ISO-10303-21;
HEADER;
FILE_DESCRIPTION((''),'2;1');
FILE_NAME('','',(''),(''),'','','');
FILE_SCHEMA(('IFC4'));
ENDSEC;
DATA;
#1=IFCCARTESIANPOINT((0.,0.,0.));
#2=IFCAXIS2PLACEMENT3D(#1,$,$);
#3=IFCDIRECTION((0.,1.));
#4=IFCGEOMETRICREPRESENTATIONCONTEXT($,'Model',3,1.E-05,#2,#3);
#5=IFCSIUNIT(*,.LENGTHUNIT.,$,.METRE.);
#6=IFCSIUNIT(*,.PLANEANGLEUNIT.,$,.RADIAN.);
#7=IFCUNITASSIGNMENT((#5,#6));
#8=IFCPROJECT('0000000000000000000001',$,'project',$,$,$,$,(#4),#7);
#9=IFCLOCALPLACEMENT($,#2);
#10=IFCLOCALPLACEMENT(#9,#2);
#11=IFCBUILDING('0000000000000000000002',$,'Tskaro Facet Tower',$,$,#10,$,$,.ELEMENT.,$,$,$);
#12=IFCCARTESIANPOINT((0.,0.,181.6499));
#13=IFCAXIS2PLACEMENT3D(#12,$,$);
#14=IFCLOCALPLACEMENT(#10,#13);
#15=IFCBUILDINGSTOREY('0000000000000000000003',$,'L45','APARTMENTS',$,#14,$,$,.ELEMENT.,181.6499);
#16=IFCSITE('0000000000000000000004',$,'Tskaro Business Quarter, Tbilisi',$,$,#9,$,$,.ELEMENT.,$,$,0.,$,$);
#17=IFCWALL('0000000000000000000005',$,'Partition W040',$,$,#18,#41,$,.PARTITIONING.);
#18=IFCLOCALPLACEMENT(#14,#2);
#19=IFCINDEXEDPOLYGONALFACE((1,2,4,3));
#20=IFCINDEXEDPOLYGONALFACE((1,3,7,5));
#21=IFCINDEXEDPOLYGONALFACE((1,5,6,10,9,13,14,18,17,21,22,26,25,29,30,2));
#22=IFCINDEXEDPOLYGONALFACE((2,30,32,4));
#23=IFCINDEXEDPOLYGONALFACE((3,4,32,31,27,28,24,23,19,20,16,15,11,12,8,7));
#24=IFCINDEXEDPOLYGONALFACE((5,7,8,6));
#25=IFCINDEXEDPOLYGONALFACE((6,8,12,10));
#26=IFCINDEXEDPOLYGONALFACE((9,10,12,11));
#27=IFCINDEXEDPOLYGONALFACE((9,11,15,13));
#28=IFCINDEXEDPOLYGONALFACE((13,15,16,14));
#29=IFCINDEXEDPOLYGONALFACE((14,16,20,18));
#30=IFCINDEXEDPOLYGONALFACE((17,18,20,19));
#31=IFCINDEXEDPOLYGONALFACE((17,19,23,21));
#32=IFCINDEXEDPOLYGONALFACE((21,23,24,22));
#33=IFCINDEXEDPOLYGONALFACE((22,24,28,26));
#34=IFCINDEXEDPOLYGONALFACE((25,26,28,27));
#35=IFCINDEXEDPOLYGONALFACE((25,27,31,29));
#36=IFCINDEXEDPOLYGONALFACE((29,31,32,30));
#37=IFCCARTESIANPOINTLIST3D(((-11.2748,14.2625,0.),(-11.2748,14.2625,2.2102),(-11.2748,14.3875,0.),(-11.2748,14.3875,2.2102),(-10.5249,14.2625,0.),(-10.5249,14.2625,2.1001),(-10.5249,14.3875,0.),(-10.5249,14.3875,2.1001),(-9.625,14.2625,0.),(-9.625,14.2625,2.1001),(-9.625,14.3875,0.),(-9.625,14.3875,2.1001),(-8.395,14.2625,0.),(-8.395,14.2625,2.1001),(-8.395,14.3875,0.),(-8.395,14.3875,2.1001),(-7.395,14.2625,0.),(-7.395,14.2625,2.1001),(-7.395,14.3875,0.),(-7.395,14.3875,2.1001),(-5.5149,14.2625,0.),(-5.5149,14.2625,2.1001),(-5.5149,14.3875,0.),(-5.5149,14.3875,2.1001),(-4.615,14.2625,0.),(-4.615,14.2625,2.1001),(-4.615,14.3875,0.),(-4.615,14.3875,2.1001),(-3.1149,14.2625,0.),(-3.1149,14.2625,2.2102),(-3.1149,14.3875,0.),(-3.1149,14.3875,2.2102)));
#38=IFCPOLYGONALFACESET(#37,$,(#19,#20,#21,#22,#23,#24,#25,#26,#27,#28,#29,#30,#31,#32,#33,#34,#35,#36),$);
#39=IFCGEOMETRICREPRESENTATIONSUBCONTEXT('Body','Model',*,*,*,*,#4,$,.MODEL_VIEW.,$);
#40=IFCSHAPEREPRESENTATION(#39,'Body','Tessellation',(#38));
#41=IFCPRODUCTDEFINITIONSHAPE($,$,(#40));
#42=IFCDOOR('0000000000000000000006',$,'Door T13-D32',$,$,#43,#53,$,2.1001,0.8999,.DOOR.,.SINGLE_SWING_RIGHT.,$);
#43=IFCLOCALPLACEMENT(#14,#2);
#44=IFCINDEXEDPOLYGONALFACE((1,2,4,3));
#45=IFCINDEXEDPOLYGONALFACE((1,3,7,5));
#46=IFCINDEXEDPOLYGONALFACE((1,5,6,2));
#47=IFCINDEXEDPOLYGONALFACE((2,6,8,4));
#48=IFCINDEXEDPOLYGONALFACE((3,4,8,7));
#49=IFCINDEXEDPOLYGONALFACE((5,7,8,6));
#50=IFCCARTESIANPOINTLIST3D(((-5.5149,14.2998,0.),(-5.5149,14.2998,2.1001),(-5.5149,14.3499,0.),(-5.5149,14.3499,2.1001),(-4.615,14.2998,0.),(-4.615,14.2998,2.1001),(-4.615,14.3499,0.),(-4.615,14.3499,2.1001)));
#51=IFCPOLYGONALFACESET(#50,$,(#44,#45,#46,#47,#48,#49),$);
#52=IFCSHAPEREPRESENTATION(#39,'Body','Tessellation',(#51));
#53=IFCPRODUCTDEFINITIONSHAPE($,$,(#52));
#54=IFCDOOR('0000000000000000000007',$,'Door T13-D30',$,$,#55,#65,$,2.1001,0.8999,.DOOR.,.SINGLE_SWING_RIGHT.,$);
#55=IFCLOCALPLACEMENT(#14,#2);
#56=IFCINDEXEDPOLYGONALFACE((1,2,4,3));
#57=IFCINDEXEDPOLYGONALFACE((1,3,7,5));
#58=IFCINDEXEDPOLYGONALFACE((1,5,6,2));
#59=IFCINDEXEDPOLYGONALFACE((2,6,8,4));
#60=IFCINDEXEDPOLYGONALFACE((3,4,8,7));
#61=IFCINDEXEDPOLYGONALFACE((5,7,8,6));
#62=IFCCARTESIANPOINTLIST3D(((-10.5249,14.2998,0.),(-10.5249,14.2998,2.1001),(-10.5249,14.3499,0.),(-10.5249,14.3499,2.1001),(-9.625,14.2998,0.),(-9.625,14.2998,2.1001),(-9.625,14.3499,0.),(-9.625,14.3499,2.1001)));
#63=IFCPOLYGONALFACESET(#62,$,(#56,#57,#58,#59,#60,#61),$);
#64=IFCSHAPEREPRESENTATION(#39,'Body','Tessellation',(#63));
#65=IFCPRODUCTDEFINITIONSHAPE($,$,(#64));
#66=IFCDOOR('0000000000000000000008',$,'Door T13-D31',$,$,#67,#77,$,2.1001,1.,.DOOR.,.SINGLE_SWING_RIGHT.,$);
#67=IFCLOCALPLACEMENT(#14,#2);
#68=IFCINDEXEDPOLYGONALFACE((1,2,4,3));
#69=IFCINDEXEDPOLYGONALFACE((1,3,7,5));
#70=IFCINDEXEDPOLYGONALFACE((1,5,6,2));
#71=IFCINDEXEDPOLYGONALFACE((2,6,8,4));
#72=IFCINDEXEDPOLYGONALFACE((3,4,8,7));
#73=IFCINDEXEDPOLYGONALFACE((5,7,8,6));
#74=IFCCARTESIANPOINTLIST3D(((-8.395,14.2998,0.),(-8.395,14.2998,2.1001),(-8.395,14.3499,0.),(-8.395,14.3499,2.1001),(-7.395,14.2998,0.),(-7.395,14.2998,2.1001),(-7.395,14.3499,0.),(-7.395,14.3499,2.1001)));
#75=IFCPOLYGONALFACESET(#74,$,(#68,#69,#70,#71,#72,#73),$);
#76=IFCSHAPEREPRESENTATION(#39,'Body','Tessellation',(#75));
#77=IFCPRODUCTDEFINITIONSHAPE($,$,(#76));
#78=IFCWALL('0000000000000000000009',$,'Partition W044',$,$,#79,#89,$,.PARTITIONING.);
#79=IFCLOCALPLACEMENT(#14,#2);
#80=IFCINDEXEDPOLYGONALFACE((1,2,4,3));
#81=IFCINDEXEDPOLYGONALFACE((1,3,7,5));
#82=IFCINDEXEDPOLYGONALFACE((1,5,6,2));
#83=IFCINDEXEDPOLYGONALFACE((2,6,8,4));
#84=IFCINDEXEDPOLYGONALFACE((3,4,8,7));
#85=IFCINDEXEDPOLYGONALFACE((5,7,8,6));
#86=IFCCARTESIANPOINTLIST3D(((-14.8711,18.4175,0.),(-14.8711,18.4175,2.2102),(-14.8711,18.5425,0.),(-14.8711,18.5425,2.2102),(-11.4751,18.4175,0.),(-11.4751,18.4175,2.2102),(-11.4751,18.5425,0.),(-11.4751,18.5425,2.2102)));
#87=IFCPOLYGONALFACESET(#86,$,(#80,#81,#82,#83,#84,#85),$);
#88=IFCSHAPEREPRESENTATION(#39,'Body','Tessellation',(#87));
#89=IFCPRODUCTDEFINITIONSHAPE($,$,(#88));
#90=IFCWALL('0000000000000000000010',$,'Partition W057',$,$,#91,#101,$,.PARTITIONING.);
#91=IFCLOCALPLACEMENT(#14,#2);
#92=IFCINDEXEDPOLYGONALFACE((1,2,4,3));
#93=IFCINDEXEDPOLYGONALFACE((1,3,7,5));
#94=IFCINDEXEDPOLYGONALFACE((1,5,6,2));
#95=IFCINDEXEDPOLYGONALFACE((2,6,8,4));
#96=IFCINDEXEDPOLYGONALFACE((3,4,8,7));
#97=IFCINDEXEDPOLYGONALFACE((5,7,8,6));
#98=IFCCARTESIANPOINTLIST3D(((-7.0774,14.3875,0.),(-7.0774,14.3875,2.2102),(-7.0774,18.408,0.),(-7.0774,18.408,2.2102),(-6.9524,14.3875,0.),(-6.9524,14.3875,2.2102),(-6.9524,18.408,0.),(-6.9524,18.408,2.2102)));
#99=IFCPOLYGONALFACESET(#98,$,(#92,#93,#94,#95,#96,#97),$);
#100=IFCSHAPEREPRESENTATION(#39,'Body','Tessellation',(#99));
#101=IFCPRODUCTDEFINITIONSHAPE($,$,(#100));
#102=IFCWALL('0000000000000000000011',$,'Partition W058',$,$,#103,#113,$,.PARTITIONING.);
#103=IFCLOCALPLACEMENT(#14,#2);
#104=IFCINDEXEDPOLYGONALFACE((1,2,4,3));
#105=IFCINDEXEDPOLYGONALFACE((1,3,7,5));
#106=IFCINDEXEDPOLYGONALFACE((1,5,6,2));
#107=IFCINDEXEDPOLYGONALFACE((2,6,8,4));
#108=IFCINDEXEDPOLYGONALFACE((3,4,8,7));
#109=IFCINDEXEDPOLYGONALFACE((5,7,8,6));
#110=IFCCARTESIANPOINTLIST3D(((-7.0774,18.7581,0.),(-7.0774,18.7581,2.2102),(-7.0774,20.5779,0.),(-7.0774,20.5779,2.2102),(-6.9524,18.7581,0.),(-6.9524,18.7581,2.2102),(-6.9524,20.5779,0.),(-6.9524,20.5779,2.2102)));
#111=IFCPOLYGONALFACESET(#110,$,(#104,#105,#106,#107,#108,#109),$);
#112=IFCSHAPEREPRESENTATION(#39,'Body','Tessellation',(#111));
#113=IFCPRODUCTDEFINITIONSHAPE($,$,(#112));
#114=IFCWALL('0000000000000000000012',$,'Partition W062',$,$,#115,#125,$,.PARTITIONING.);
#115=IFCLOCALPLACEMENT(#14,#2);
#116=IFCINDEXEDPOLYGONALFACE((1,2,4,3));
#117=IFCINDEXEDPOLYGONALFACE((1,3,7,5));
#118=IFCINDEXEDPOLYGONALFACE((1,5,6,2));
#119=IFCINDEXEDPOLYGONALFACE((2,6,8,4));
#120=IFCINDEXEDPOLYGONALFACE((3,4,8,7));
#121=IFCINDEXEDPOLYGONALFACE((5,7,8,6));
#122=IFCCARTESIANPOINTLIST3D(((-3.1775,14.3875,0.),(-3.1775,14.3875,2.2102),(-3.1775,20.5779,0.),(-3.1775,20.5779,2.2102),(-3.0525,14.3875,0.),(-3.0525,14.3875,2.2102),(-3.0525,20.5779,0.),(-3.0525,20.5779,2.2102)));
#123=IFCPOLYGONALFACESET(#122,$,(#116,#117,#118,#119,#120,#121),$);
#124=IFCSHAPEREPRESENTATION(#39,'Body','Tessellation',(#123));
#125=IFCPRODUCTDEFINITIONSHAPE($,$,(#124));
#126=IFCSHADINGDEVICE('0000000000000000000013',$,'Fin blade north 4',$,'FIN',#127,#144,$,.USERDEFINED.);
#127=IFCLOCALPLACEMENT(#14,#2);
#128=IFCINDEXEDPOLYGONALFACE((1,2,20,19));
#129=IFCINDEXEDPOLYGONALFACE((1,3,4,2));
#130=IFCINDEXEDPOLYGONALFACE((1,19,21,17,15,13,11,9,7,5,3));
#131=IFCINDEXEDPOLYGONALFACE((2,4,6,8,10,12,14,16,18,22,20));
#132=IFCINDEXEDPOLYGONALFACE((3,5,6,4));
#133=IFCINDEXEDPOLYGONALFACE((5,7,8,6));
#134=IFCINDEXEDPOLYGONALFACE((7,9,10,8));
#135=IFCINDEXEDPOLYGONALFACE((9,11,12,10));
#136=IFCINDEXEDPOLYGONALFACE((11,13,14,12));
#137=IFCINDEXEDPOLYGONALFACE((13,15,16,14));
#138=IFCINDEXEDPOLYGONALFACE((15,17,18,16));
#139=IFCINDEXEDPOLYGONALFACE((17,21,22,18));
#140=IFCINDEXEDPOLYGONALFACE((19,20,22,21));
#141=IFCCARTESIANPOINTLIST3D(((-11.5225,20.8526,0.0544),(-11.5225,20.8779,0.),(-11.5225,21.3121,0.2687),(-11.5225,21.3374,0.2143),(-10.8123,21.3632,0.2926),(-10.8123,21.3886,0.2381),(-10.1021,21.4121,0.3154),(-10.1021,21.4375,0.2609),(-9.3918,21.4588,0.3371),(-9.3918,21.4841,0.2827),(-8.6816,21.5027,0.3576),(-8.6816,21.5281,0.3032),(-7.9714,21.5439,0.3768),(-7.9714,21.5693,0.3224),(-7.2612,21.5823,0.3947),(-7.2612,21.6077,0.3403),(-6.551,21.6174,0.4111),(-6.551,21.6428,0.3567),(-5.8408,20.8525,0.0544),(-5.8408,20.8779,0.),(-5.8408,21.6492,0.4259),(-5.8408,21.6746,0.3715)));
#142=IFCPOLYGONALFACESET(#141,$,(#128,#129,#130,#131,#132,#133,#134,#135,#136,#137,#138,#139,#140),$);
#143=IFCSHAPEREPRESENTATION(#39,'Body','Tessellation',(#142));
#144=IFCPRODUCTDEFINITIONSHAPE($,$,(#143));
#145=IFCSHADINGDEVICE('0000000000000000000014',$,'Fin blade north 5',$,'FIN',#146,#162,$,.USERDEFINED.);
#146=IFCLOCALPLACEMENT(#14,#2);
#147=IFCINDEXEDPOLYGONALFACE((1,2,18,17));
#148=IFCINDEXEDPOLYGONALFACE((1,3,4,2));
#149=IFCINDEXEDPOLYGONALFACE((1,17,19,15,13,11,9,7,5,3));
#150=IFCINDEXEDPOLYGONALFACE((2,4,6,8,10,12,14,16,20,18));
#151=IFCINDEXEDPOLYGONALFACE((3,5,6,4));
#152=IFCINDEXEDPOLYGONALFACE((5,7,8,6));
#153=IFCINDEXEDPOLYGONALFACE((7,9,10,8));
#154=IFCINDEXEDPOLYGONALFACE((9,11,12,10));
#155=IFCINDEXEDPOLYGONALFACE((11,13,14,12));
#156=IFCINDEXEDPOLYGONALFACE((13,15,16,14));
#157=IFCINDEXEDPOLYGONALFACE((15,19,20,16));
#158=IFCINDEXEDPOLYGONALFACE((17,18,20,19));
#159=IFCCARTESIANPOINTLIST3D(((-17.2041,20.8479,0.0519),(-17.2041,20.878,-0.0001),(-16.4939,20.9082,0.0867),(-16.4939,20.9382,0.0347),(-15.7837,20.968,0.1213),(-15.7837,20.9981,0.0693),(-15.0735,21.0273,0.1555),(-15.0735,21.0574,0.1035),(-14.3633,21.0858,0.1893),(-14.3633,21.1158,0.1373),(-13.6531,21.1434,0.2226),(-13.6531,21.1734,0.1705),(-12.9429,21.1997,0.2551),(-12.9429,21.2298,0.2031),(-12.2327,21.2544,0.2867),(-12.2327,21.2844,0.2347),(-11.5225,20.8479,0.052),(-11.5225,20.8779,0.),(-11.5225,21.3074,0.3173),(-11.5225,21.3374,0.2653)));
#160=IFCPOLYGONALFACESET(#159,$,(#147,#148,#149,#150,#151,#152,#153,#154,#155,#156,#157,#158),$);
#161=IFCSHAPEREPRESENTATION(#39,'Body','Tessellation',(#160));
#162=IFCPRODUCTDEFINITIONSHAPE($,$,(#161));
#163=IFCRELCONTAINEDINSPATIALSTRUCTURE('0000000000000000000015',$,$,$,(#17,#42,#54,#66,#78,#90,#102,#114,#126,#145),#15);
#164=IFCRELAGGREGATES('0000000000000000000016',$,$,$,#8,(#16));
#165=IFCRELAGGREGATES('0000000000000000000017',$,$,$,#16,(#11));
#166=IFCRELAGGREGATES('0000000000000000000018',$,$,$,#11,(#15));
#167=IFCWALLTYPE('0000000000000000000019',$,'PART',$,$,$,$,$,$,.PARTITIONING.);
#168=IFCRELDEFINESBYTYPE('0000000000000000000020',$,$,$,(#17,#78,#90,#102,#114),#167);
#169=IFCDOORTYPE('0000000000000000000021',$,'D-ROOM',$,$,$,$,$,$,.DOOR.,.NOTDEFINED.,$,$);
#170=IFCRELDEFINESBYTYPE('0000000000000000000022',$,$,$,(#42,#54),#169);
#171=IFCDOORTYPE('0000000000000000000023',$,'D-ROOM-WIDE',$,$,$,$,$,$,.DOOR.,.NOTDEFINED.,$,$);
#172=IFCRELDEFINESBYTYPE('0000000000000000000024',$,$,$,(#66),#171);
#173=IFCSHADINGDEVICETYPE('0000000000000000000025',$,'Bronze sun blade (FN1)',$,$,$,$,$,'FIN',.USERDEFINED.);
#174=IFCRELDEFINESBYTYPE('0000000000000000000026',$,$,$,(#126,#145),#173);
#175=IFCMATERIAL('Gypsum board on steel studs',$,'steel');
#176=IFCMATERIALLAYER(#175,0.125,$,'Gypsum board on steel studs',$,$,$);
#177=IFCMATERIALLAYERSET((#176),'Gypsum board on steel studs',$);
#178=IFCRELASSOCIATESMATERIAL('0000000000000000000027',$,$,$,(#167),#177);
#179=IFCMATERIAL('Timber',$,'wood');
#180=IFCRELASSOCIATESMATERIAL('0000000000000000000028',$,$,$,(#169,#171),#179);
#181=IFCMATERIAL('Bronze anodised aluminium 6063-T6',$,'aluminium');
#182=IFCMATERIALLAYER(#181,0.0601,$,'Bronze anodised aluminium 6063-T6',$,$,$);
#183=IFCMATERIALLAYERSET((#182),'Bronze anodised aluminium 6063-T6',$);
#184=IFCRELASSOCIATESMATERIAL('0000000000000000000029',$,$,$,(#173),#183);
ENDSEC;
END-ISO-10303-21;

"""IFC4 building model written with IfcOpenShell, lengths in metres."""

from ifc_helpers import new_model, si_unit, direction, frame, frame_2d, origin, place, context, subcontext, project, spatial, polyline, rectangle, outline, extrude, material, layer, layer_set, type_object, element, fill, save


model = new_model("IFC4")

# Units and contexts
model_context = context("Model", 3, precision=1e-05, world=origin(), true_north=direction((0.0, 1.0)))
body_context = subcontext(model_context, "Body", "Model", "MODEL_VIEW")
ifc_project = project(units=[si_unit("LENGTHUNIT", "METRE"), si_unit("PLANEANGLEUNIT", "RADIAN")], contexts=[model_context])

# Site, building, storey
site_placement = place(None, origin())
site = spatial("IfcSite", under=ifc_project, at=site_placement, Name="Tskaro Business Quarter, Tbilisi", CompositionType="ELEMENT", RefElevation=0.0)
building_placement = place(site_placement, origin())
building = spatial("IfcBuilding", under=site, at=building_placement, Name="Tskaro Facet Tower", CompositionType="ELEMENT")
storey_placement = place(building_placement, frame((0.0, 0.0, 181.6499)))
storey = spatial("IfcBuildingStorey", under=building, at=storey_placement, Name="L45", Description="APARTMENTS", CompositionType="ELEMENT", Elevation=181.6499)

# Shared definitions
ifc_material_1 = material(Name="Bronze anodised aluminium 6063-T6", Category="aluminium")

# Wall, openings, doors
ifc_material_2 = material(Name="Gypsum board on steel studs", Category="steel")
ifc_layer_1 = layer(ifc_material_2, 0.125, Name="Gypsum board on steel studs")
ifc_layer_set_1 = layer_set([ifc_layer_1], Name="Gypsum board on steel studs")
wall_type = type_object("IfcWallType", Name="PART", PredefinedType="PARTITIONING", material=ifc_layer_set_1)
wall_1_placement = place(storey_placement, frame((-11.2749, 14.325, 0.0), z_axis=(0.0, 0.0, 1.0), x_axis=(1.0, 0.0, 0.0)))
wall_1 = element("IfcWall", 1, at=wall_1_placement, inside=storey, type_object=wall_type, Name="Partition W040", PredefinedType="PARTITIONING", context=body_context, shape_type="SweptSolid", body=[
    extrude(rectangle(XDim=8.1599, YDim=0.125, at=frame_2d((4.0801, 0.0))), origin(), (0.0, 0.0, 1.0), 2.2102),
])
opening_1_placement = place(wall_1_placement, frame((5.76, 0.0, 0.0)))
opening_1 = element("IfcOpeningElement", 2, at=opening_1_placement, cuts=wall_1, PredefinedType="OPENING", context=body_context, shape_type="SweptSolid", body=[
    extrude(rectangle(XDim=0.8999, YDim=2.1001, at=frame_2d((0.45, 1.05))), frame((0.0, 0.0725, 0.0), z_axis=(0.0, -1.0, 0.0), x_axis=(1.0, 0.0, 0.0)), (0.0, 0.0, 1.0), 0.145),
])
opening_2_placement = place(wall_1_placement, frame((2.8799, 0.0, 0.0)))
opening_2 = element("IfcOpeningElement", 3, at=opening_2_placement, cuts=wall_1, PredefinedType="OPENING", context=body_context, shape_type="SweptSolid", body=[
    extrude(rectangle(XDim=1.0, YDim=2.1001, at=frame_2d((0.5, 1.05))), frame((0.0, 0.0725, 0.0), z_axis=(0.0, -1.0, 0.0), x_axis=(1.0, 0.0, 0.0)), (0.0, 0.0, 1.0), 0.145),
])
opening_3_placement = place(wall_1_placement, frame((0.75, 0.0, 0.0)))
opening_3 = element("IfcOpeningElement", 4, at=opening_3_placement, cuts=wall_1, PredefinedType="OPENING", context=body_context, shape_type="SweptSolid", body=[
    extrude(rectangle(XDim=0.8999, YDim=2.1001, at=frame_2d((0.45, 1.05))), frame((0.0, 0.0725, 0.0), z_axis=(0.0, -1.0, 0.0), x_axis=(1.0, 0.0, 0.0)), (0.0, 0.0, 1.0), 0.145),
])
ifc_material_3 = material(Name="Timber", Category="wood")
door_type_1 = type_object("IfcDoorType", Name="D-ROOM", OperationType="NOTDEFINED", PredefinedType="DOOR", material=ifc_material_3)
door_1_placement = place(opening_1_placement, origin())
door_1 = element("IfcDoor", 5, at=door_1_placement, inside=storey, type_object=door_type_1, Name="Door T13-D32", OperationType="SINGLE_SWING_RIGHT", OverallHeight=2.1001, OverallWidth=0.8999, PredefinedType="DOOR", context=body_context, shape_type="SweptSolid", body=[
    extrude(rectangle(XDim=0.8999, YDim=2.1001, at=frame_2d((0.45, 1.05))), frame((0.0, 0.0249, 0.0), z_axis=(0.0, -1.0, 0.0), x_axis=(1.0, 0.0, 0.0)), (0.0, 0.0, 1.0), 0.05),
])
fill(opening_1, door_1)
door_2_placement = place(opening_3_placement, origin())
door_2 = element("IfcDoor", 6, at=door_2_placement, inside=storey, type_object=door_type_1, Name="Door T13-D30", OperationType="SINGLE_SWING_RIGHT", OverallHeight=2.1001, OverallWidth=0.8999, PredefinedType="DOOR", context=body_context, shape_type="SweptSolid", body=[
    extrude(rectangle(XDim=0.8999, YDim=2.1001, at=frame_2d((0.45, 1.05))), frame((0.0, 0.0249, 0.0), z_axis=(0.0, -1.0, 0.0), x_axis=(1.0, 0.0, 0.0)), (0.0, 0.0, 1.0), 0.05),
])
fill(opening_3, door_2)
door_type_2 = type_object("IfcDoorType", Name="D-ROOM-WIDE", OperationType="NOTDEFINED", PredefinedType="DOOR", material=ifc_material_3)
door_3_placement = place(opening_2_placement, origin())
door_3 = element("IfcDoor", 7, at=door_3_placement, inside=storey, type_object=door_type_2, Name="Door T13-D31", OperationType="SINGLE_SWING_RIGHT", OverallHeight=2.1001, OverallWidth=1.0, PredefinedType="DOOR", context=body_context, shape_type="SweptSolid", body=[
    extrude(rectangle(XDim=1.0, YDim=2.1001, at=frame_2d((0.5, 1.05))), frame((0.0, 0.0249, 0.0), z_axis=(0.0, -1.0, 0.0), x_axis=(1.0, 0.0, 0.0)), (0.0, 0.0, 1.0), 0.05),
])
fill(opening_2, door_3)

# Walls
wall_2_placement = place(storey_placement, frame((-14.8711, 18.48, 0.0), z_axis=(0.0, 0.0, 1.0), x_axis=(1.0, 0.0, 0.0)))
element("IfcWall", 8, at=wall_2_placement, inside=storey, type_object=wall_type, Name="Partition W044", PredefinedType="PARTITIONING", context=body_context, shape_type="SweptSolid", body=[
    extrude(rectangle(XDim=3.396, YDim=0.125, at=frame_2d((1.698, 0.0))), origin(), (0.0, 0.0, 1.0), 2.2102),
])
wall_3_placement = place(storey_placement, frame((-7.0149, 14.3875, 0.0), z_axis=(0.0, 0.0, 1.0), x_axis=(0.0, 1.0, 0.0)))
element("IfcWall", 9, at=wall_3_placement, inside=storey, type_object=wall_type, Name="Partition W057", PredefinedType="PARTITIONING", context=body_context, shape_type="SweptSolid", body=[
    extrude(rectangle(XDim=4.0205, YDim=0.125, at=frame_2d((2.0103, 0.0))), origin(), (0.0, 0.0, 1.0), 2.2102),
])
wall_4_placement = place(storey_placement, frame((-7.0149, 18.7581, 0.0), z_axis=(0.0, 0.0, 1.0), x_axis=(0.0, 1.0, 0.0)))
element("IfcWall", 10, at=wall_4_placement, inside=storey, type_object=wall_type, Name="Partition W058", PredefinedType="PARTITIONING", context=body_context, shape_type="SweptSolid", body=[
    extrude(rectangle(XDim=1.8198, YDim=0.125, at=frame_2d((0.9099, 0.0))), origin(), (0.0, 0.0, 1.0), 2.2102),
])
wall_5_placement = place(storey_placement, frame((-3.115, 14.3875, 0.0), z_axis=(0.0, 0.0, 1.0), x_axis=(0.0, 1.0, 0.0)))
element("IfcWall", 11, at=wall_5_placement, inside=storey, type_object=wall_type, Name="Partition W062", PredefinedType="PARTITIONING", context=body_context, shape_type="SweptSolid", body=[
    extrude(rectangle(XDim=6.1904, YDim=0.125, at=frame_2d((3.0952, 0.0))), origin(), (0.0, 0.0, 1.0), 2.2102),
])

# Shading devices
ifc_layer_2 = layer(ifc_material_1, 0.0601, Name="Bronze anodised aluminium 6063-T6")
ifc_layer_set_2 = layer_set([ifc_layer_2], Name="Bronze anodised aluminium 6063-T6")
shading_device_type = type_object("IfcShadingDeviceType", Name="Bronze sun blade (FN1)", ElementType="FIN", PredefinedType="USERDEFINED", material=ifc_layer_set_2)
shading_device_1_placement = place(storey_placement, frame((-5.8408, 20.8525, 0.0544), z_axis=(-0.000005, -0.422625, 0.906305), x_axis=(-1.0, 0.000002, -0.000004)))
element("IfcShadingDevice", 12, at=shading_device_1_placement, inside=storey, type_object=shading_device_type, Name="Fin blade north 4", ObjectType="FIN", PredefinedType="USERDEFINED", context=body_context, shape_type="SweptSolid", body=[
    extrude(outline(polyline([(0.0, 0.0), (5.6816, 0.0), (5.6816, -0.507), (4.9714, -0.5635), (4.2612, -0.6174), (3.551, -0.6689), (2.8408, -0.7174), (2.1306, -0.7628), (1.4204, -0.8052), (0.7102, -0.844), (0.0, -0.879), (0.0, 0.0)])), origin(), (0.0, 0.0, -1.0), 0.0601),
])
shading_device_2_placement = place(storey_placement, frame((-11.5225, 20.8479, 0.052), z_axis=(-0.000016, -0.500001, 0.866025), x_axis=(-1.0, 0.000008, -0.000014)))
element("IfcShadingDevice", 13, at=shading_device_2_placement, inside=storey, type_object=shading_device_type, Name="Fin blade north 5", ObjectType="FIN", PredefinedType="USERDEFINED", context=body_context, shape_type="SweptSolid", body=[
    extrude(outline(polyline([(0.0, 0.0), (5.6816, 0.0), (4.9714, -0.0696), (4.2612, -0.1387), (3.551, -0.2072), (2.8408, -0.2747), (2.1306, -0.3412), (1.4204, -0.4062), (0.7102, -0.4693), (0.0, -0.5306), (0.0, 0.0)])), origin(), (0.0, 0.0, -1.0), 0.0601),
])

save(model, "model.ifc")
